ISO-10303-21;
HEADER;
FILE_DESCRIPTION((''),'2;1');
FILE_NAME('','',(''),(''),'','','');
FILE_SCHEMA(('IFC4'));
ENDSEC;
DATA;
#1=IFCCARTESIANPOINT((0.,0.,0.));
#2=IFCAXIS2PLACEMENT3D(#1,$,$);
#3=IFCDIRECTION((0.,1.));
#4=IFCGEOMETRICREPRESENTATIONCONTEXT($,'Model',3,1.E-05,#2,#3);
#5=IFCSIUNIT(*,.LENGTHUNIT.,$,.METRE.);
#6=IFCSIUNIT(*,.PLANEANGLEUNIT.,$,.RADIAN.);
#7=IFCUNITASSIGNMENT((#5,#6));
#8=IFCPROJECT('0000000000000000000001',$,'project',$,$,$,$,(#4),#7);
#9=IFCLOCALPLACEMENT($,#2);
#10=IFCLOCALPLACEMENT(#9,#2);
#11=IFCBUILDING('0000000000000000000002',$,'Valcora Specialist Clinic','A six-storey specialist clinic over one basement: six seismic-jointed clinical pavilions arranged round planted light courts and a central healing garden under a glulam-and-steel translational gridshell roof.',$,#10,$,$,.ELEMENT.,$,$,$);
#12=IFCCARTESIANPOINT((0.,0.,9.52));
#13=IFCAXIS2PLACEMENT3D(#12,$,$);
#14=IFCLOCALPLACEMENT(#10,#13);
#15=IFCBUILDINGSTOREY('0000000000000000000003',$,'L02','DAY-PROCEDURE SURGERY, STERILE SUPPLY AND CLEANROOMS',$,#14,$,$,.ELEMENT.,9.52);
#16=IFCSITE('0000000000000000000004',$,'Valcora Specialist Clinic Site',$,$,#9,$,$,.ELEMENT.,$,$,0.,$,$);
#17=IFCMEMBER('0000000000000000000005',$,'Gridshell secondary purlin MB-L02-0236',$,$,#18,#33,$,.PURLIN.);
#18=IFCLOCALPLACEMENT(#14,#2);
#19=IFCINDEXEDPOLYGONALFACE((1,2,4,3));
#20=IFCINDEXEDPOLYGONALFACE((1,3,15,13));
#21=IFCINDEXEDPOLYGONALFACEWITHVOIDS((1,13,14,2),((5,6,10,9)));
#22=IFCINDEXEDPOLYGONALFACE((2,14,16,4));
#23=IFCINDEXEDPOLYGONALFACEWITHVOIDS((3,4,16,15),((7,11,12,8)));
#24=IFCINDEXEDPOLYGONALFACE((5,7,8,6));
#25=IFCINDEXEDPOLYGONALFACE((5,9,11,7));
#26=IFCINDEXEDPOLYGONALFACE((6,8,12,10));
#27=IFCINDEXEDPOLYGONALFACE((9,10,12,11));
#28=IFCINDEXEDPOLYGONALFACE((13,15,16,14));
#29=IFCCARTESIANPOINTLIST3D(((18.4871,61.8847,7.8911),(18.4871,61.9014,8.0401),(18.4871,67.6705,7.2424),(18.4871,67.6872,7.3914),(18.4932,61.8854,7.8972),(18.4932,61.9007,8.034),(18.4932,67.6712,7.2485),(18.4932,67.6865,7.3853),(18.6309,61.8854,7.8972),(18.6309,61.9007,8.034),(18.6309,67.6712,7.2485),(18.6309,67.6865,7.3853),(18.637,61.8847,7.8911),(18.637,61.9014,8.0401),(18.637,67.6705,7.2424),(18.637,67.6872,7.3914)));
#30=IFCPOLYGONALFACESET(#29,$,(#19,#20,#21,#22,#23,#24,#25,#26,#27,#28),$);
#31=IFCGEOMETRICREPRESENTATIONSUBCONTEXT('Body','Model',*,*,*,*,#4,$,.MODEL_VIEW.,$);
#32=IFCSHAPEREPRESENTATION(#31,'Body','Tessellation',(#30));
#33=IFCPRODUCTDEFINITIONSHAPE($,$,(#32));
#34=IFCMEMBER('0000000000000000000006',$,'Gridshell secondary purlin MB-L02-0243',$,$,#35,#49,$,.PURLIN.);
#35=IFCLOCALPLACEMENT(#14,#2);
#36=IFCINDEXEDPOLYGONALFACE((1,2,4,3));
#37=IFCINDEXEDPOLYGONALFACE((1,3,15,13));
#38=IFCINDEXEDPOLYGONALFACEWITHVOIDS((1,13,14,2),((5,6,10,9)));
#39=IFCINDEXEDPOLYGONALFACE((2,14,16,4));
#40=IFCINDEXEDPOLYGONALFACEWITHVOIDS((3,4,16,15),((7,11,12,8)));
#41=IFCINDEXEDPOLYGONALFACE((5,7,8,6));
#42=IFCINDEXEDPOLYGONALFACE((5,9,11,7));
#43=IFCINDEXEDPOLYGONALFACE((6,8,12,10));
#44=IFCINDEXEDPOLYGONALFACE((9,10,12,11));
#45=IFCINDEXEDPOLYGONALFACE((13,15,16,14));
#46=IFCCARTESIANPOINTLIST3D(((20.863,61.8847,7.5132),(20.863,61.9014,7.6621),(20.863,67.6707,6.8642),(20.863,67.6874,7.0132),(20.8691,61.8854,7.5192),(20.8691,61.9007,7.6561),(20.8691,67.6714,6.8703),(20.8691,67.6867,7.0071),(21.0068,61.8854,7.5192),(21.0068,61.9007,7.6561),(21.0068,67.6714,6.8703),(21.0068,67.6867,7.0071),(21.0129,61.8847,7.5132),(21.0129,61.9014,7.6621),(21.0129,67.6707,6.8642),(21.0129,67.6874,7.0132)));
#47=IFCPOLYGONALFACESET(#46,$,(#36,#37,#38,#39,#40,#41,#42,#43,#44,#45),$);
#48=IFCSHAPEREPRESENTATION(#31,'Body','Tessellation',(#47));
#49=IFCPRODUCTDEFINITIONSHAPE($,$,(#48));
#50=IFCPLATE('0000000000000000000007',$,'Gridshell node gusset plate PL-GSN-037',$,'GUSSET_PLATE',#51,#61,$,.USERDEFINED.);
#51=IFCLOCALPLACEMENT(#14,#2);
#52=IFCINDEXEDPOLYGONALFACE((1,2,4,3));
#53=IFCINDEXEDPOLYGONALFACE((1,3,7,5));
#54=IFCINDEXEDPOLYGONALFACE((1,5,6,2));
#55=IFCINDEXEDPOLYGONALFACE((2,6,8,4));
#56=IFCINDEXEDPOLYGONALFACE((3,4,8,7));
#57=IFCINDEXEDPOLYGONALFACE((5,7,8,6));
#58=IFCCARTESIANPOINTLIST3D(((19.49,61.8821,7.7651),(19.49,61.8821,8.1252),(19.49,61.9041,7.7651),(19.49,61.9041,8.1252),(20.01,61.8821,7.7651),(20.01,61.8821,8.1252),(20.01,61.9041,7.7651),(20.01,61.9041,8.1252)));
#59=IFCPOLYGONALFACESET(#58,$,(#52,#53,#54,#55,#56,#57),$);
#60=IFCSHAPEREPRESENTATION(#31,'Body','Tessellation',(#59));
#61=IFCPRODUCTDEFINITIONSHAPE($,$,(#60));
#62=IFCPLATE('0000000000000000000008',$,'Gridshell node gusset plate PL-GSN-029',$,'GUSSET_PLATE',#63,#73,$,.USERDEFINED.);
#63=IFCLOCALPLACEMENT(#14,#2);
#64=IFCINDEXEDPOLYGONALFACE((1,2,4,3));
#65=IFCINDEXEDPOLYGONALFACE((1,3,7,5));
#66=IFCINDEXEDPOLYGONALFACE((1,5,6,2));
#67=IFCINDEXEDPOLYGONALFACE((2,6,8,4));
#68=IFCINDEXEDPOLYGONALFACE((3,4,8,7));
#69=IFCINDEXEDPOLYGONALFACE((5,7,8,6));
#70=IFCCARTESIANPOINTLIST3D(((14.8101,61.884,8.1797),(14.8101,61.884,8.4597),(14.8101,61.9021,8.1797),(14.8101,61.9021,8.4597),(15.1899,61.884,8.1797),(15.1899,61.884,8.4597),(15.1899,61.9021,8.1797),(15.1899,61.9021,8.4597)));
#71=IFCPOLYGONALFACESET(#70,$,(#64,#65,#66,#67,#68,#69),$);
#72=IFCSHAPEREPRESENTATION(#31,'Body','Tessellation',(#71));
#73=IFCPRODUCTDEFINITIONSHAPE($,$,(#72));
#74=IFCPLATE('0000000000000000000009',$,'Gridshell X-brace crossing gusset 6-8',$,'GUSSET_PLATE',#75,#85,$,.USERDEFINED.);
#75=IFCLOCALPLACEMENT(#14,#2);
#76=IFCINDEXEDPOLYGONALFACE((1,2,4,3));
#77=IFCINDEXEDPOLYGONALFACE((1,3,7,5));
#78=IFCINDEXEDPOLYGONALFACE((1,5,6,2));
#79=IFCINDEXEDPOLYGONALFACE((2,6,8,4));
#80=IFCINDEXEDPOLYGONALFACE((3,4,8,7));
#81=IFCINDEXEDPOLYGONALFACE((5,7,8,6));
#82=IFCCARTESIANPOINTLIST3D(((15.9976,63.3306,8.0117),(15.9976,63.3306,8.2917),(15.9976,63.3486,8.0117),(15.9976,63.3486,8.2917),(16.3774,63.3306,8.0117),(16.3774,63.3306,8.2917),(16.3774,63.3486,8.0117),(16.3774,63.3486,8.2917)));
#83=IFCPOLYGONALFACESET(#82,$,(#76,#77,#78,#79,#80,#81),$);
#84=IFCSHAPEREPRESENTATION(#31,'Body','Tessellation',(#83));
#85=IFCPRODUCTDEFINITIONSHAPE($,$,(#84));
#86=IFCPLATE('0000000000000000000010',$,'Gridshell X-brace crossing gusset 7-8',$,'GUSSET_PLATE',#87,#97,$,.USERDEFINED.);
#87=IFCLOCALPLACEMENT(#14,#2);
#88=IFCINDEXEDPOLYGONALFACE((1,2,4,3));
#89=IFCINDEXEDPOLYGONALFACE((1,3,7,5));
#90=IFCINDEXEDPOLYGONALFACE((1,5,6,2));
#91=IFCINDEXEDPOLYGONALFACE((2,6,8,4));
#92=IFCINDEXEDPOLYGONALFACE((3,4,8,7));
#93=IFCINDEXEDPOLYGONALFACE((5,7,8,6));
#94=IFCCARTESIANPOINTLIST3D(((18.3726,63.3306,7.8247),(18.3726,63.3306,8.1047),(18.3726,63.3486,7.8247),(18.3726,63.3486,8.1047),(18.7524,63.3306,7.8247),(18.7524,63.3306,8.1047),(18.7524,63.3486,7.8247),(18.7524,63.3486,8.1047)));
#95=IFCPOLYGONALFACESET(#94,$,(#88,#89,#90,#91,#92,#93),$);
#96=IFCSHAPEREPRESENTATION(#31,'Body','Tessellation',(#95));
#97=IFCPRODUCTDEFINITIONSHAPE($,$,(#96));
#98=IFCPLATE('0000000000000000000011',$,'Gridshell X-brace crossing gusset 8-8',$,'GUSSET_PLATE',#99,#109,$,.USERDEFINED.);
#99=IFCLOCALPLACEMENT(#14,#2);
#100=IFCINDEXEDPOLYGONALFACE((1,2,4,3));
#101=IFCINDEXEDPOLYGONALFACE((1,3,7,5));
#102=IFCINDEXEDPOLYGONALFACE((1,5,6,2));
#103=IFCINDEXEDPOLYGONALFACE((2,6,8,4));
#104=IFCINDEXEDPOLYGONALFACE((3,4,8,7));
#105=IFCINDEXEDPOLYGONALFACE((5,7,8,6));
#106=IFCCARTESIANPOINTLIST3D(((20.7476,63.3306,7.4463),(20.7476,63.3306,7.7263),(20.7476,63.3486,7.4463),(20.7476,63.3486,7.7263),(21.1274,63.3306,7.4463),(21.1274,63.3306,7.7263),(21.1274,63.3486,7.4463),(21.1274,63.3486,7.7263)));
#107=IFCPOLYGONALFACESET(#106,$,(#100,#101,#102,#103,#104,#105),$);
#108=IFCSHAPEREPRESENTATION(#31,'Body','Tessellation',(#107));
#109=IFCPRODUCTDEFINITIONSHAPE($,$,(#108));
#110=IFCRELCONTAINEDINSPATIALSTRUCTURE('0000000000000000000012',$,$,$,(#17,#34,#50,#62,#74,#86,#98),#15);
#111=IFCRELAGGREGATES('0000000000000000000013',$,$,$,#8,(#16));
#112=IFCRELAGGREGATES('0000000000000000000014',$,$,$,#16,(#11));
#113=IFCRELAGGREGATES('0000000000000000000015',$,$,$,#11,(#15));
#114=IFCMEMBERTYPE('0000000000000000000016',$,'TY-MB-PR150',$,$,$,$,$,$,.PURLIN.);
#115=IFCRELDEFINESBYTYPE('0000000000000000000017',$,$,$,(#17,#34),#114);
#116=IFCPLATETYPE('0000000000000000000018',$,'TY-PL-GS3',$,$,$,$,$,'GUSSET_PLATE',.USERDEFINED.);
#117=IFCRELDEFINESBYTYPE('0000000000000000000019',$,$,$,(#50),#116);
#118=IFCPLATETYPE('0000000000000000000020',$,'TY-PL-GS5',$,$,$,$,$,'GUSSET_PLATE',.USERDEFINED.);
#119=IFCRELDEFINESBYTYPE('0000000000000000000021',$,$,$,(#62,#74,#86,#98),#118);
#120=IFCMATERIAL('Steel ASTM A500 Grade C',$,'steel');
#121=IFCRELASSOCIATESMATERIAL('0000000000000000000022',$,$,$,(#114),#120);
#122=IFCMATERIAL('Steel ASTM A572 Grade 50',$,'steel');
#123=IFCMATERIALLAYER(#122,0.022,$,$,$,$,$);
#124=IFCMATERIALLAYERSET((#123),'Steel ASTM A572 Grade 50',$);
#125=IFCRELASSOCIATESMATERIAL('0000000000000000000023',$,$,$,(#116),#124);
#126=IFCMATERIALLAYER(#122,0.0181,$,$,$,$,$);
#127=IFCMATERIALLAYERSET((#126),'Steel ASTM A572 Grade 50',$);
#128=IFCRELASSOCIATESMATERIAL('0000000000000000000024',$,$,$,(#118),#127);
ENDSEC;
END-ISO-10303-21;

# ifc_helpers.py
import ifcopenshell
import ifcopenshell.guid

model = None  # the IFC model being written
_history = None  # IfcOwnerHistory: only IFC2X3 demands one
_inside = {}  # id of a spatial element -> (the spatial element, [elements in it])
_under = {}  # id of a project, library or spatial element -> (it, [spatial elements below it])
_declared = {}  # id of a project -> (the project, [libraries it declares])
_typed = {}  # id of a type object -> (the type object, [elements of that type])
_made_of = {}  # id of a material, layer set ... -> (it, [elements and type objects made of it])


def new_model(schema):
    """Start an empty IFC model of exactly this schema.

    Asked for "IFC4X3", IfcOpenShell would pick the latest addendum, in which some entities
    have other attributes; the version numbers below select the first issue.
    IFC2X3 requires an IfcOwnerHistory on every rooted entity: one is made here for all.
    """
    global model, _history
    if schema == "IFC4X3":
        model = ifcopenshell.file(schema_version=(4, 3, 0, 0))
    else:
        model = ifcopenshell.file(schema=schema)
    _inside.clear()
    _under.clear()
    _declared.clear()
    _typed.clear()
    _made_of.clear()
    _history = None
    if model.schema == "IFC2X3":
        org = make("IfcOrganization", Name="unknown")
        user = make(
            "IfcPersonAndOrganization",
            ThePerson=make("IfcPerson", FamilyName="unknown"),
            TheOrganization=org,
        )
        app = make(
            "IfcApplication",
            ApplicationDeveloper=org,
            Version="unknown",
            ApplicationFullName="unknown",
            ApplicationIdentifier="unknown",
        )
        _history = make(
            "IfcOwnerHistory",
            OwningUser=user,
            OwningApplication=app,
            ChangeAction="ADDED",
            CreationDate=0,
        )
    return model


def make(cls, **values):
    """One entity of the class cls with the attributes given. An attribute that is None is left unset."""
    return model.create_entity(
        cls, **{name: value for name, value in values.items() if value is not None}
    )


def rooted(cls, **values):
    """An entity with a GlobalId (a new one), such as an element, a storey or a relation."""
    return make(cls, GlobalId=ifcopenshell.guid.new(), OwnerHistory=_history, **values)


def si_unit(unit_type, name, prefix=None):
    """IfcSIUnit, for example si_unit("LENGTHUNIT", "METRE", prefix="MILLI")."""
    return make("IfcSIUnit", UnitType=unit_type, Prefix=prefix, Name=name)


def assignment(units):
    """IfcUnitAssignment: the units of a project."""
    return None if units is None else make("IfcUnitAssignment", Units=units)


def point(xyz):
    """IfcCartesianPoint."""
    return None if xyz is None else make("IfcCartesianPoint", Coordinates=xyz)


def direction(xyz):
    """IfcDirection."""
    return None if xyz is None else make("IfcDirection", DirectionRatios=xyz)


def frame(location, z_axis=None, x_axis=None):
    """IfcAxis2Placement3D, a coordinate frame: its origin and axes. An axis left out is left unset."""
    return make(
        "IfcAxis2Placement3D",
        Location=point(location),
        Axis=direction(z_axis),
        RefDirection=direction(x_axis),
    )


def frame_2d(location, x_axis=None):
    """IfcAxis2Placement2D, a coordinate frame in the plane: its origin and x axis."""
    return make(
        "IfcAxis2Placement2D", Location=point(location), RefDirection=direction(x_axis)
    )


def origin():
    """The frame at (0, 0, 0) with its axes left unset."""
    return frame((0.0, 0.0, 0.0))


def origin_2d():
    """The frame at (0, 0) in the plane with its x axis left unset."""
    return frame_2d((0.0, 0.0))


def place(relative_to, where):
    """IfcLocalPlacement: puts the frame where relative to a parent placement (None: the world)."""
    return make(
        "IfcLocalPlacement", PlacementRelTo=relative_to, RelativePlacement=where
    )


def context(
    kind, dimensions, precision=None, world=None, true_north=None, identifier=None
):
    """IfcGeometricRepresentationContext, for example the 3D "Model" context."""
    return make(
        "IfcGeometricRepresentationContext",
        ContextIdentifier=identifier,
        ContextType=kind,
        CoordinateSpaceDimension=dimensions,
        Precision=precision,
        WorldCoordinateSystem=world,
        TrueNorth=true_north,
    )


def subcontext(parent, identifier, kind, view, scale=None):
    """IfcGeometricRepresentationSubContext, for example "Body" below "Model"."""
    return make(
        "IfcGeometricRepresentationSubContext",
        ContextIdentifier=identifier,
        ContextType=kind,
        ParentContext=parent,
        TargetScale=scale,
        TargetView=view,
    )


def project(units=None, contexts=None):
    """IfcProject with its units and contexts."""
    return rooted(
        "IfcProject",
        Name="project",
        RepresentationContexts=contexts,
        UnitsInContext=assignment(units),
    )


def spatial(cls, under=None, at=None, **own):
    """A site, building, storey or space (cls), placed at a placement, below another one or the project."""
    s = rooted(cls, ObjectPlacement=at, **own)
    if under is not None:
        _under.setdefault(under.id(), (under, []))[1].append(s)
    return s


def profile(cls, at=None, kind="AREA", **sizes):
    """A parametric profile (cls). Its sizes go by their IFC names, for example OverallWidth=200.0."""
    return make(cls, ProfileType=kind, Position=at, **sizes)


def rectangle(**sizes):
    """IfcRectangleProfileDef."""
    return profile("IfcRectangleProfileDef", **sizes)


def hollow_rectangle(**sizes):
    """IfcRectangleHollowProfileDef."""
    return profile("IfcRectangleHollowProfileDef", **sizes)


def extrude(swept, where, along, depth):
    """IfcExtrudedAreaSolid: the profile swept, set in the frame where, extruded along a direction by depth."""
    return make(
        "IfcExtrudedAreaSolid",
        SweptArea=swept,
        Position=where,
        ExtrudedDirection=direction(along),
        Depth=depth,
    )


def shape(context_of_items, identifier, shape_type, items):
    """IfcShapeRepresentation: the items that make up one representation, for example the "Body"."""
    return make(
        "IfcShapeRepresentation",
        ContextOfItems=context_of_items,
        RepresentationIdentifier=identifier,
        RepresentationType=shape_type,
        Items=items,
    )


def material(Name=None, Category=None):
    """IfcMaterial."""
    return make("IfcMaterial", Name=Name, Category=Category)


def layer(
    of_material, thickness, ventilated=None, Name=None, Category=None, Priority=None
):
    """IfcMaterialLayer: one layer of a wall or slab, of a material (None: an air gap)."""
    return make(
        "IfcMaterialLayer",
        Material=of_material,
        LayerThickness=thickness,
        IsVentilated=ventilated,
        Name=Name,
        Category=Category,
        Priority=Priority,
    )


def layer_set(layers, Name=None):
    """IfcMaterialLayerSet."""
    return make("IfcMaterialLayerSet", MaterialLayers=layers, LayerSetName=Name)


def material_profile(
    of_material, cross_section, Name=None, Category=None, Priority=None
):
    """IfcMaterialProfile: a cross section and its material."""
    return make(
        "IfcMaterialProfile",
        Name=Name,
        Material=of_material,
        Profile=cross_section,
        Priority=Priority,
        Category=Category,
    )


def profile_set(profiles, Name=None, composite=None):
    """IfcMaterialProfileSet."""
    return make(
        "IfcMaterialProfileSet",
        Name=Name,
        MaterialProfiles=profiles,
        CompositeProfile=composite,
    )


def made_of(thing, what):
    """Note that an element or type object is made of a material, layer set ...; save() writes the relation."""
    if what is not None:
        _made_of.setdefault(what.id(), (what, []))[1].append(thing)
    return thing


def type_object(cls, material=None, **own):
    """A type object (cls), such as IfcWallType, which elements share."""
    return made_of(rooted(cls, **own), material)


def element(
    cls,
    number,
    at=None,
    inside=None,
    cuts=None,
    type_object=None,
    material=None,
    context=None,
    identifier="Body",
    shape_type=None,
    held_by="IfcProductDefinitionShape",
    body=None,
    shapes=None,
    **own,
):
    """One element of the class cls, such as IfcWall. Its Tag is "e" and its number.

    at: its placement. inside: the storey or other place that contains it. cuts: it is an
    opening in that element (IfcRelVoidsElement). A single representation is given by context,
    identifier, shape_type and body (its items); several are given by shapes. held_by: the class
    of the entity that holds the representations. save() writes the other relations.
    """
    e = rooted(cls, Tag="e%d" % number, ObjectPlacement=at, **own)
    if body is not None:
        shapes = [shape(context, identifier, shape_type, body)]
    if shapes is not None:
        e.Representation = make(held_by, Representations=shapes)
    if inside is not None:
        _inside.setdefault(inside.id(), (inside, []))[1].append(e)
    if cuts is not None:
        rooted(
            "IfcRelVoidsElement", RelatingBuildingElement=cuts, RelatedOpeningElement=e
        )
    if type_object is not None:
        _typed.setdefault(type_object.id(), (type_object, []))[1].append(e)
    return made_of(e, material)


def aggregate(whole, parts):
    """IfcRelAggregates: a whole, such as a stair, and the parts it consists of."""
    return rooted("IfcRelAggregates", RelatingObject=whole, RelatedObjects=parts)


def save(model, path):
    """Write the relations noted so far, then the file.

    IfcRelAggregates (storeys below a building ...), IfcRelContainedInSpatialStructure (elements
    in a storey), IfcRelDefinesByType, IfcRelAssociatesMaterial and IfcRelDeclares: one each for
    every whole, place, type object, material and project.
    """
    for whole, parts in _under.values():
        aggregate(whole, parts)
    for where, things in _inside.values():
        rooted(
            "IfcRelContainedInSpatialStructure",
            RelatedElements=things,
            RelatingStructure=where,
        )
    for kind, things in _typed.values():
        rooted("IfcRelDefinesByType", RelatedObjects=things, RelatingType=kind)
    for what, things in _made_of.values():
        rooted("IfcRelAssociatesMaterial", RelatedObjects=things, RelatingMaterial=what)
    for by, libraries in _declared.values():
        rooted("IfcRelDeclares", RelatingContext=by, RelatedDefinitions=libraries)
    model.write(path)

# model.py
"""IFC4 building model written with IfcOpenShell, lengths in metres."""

from ifc_helpers import new_model, si_unit, direction, frame, origin, origin_2d, place, context, subcontext, project, spatial, rectangle, hollow_rectangle, extrude, material, layer, layer_set, material_profile, profile_set, type_object, element, save


model = new_model("IFC4")

# Units and contexts
model_context = context("Model", 3, precision=1e-05, world=origin(), true_north=direction((0.0, 1.0)))
body_context = subcontext(model_context, "Body", "Model", "MODEL_VIEW")
ifc_project = project(units=[si_unit("LENGTHUNIT", "METRE"), si_unit("PLANEANGLEUNIT", "RADIAN")], contexts=[model_context])

# Site, building, storey
site_placement = place(None, origin())
site = spatial("IfcSite", under=ifc_project, at=site_placement, Name="Valcora Specialist Clinic Site", CompositionType="ELEMENT", RefElevation=0.0)
building_placement = place(site_placement, origin())
building = spatial("IfcBuilding", under=site, at=building_placement, Name="Valcora Specialist Clinic", Description="A six-storey specialist clinic over one basement: six seismic-jointed clinical pavilions arranged round planted light courts and a central healing garden under a glulam-and-steel translational gridshell roof.", CompositionType="ELEMENT")
storey_placement = place(building_placement, frame((0.0, 0.0, 9.52)))
storey = spatial("IfcBuildingStorey", under=building, at=storey_placement, Name="L02", Description="DAY-PROCEDURE SURGERY, STERILE SUPPLY AND CLEANROOMS", CompositionType="ELEMENT", Elevation=9.52)

# Members
ifc_material_1 = material(Name="Steel ASTM A500 Grade C", Category="steel")
ifc_material_profile_1 = material_profile(ifc_material_1, hollow_rectangle(XDim=0.1499, YDim=0.1499, WallThickness=0.0061, at=origin_2d()), Name="ST-RHS-150X150X6")
ifc_profile_set_1 = profile_set([ifc_material_profile_1], Name="Steel ASTM A500 Grade C")
member_type_1 = type_object("IfcMemberType", Name="TY-MB-PR150", PredefinedType="PURLIN", material=ifc_profile_set_1)
member_1_placement = place(storey_placement, frame((18.562, 61.8931, 7.9656), z_axis=(0.0, 0.993774, -0.111416), x_axis=(-1.0, 0.0, 0.0)))
element("IfcMember", 1, at=member_1_placement, inside=storey, type_object=member_type_1, Name="Gridshell secondary purlin MB-L02-0236", PredefinedType="PURLIN", context=body_context, shape_type="SweptSolid", body=[
    extrude(hollow_rectangle(XDim=0.1499, YDim=0.1499, WallThickness=0.0061, at=origin_2d()), origin(), (0.0, 0.0, 1.0), 5.822),
])
member_2_placement = place(storey_placement, frame((20.938, 61.8931, 7.5876), z_axis=(0.0, 0.993769, -0.111458), x_axis=(-1.0, 0.0, 0.0)))
element("IfcMember", 2, at=member_2_placement, inside=storey, type_object=member_type_1, Name="Gridshell secondary purlin MB-L02-0243", PredefinedType="PURLIN", context=body_context, shape_type="SweptSolid", body=[
    extrude(hollow_rectangle(XDim=0.1499, YDim=0.1499, WallThickness=0.0061, at=origin_2d()), origin(), (0.0, 0.0, 1.0), 5.8223),
])

# Plates
ifc_material_2 = material(Name="Steel ASTM A572 Grade 50", Category="steel")
ifc_layer_1 = layer(ifc_material_2, 0.022)
ifc_layer_set_1 = layer_set([ifc_layer_1], Name="Steel ASTM A572 Grade 50")
plate_type_1 = type_object("IfcPlateType", Name="TY-PL-GS3", ElementType="GUSSET_PLATE", PredefinedType="USERDEFINED", material=ifc_layer_set_1)
plate_placement = place(storey_placement, frame((19.75, 61.8931, 7.7651), z_axis=(0.0, 0.0, 1.0), x_axis=(1.0, 0.0, 0.0)))
element("IfcPlate", 3, at=plate_placement, inside=storey, type_object=plate_type_1, Name="Gridshell node gusset plate PL-GSN-037", ObjectType="GUSSET_PLATE", PredefinedType="USERDEFINED", context=body_context, shape_type="SweptSolid", body=[
    extrude(rectangle(XDim=0.52, YDim=0.022, at=origin_2d()), origin(), (0.0, 0.0, 1.0), 0.3601),
])
ifc_layer_2 = layer(ifc_material_2, 0.0181)
ifc_layer_set_2 = layer_set([ifc_layer_2], Name="Steel ASTM A572 Grade 50")
plate_type_2 = type_object("IfcPlateType", Name="TY-PL-GS5", ElementType="GUSSET_PLATE", PredefinedType="USERDEFINED", material=ifc_layer_set_2)
for number, where, z_axis, x_axis, name in (
    (4, (15.0, 61.8931, 8.1797), (0.0, 0.0, 1.0), (1.0, 0.0, 0.0), "Gridshell node gusset plate PL-GSN-029"),
    (5, (16.1875, 63.3396, 8.0117), (0.0, 0.0, 1.0), (1.0, 0.0, 0.0), "Gridshell X-brace crossing gusset 6-8"),
    (6, (18.5625, 63.3396, 7.8247), (0.0, 0.0, 1.0), (1.0, 0.0, 0.0), "Gridshell X-brace crossing gusset 7-8"),
    (7, (20.9375, 63.3396, 7.4463), (0.0, 0.0, 1.0), (1.0, 0.0, 0.0), "Gridshell X-brace crossing gusset 8-8"),
):
    element("IfcPlate", number, at=place(storey_placement, frame(where, z_axis=z_axis, x_axis=x_axis)), inside=storey, type_object=plate_type_2, Name=name, ObjectType="GUSSET_PLATE", PredefinedType="USERDEFINED", context=body_context, shape_type="SweptSolid", body=[
        extrude(rectangle(XDim=0.3799, YDim=0.0181, at=origin_2d()), origin(), (0.0, 0.0, 1.0), 0.28),
    ])

save(model, "model.ifc")
